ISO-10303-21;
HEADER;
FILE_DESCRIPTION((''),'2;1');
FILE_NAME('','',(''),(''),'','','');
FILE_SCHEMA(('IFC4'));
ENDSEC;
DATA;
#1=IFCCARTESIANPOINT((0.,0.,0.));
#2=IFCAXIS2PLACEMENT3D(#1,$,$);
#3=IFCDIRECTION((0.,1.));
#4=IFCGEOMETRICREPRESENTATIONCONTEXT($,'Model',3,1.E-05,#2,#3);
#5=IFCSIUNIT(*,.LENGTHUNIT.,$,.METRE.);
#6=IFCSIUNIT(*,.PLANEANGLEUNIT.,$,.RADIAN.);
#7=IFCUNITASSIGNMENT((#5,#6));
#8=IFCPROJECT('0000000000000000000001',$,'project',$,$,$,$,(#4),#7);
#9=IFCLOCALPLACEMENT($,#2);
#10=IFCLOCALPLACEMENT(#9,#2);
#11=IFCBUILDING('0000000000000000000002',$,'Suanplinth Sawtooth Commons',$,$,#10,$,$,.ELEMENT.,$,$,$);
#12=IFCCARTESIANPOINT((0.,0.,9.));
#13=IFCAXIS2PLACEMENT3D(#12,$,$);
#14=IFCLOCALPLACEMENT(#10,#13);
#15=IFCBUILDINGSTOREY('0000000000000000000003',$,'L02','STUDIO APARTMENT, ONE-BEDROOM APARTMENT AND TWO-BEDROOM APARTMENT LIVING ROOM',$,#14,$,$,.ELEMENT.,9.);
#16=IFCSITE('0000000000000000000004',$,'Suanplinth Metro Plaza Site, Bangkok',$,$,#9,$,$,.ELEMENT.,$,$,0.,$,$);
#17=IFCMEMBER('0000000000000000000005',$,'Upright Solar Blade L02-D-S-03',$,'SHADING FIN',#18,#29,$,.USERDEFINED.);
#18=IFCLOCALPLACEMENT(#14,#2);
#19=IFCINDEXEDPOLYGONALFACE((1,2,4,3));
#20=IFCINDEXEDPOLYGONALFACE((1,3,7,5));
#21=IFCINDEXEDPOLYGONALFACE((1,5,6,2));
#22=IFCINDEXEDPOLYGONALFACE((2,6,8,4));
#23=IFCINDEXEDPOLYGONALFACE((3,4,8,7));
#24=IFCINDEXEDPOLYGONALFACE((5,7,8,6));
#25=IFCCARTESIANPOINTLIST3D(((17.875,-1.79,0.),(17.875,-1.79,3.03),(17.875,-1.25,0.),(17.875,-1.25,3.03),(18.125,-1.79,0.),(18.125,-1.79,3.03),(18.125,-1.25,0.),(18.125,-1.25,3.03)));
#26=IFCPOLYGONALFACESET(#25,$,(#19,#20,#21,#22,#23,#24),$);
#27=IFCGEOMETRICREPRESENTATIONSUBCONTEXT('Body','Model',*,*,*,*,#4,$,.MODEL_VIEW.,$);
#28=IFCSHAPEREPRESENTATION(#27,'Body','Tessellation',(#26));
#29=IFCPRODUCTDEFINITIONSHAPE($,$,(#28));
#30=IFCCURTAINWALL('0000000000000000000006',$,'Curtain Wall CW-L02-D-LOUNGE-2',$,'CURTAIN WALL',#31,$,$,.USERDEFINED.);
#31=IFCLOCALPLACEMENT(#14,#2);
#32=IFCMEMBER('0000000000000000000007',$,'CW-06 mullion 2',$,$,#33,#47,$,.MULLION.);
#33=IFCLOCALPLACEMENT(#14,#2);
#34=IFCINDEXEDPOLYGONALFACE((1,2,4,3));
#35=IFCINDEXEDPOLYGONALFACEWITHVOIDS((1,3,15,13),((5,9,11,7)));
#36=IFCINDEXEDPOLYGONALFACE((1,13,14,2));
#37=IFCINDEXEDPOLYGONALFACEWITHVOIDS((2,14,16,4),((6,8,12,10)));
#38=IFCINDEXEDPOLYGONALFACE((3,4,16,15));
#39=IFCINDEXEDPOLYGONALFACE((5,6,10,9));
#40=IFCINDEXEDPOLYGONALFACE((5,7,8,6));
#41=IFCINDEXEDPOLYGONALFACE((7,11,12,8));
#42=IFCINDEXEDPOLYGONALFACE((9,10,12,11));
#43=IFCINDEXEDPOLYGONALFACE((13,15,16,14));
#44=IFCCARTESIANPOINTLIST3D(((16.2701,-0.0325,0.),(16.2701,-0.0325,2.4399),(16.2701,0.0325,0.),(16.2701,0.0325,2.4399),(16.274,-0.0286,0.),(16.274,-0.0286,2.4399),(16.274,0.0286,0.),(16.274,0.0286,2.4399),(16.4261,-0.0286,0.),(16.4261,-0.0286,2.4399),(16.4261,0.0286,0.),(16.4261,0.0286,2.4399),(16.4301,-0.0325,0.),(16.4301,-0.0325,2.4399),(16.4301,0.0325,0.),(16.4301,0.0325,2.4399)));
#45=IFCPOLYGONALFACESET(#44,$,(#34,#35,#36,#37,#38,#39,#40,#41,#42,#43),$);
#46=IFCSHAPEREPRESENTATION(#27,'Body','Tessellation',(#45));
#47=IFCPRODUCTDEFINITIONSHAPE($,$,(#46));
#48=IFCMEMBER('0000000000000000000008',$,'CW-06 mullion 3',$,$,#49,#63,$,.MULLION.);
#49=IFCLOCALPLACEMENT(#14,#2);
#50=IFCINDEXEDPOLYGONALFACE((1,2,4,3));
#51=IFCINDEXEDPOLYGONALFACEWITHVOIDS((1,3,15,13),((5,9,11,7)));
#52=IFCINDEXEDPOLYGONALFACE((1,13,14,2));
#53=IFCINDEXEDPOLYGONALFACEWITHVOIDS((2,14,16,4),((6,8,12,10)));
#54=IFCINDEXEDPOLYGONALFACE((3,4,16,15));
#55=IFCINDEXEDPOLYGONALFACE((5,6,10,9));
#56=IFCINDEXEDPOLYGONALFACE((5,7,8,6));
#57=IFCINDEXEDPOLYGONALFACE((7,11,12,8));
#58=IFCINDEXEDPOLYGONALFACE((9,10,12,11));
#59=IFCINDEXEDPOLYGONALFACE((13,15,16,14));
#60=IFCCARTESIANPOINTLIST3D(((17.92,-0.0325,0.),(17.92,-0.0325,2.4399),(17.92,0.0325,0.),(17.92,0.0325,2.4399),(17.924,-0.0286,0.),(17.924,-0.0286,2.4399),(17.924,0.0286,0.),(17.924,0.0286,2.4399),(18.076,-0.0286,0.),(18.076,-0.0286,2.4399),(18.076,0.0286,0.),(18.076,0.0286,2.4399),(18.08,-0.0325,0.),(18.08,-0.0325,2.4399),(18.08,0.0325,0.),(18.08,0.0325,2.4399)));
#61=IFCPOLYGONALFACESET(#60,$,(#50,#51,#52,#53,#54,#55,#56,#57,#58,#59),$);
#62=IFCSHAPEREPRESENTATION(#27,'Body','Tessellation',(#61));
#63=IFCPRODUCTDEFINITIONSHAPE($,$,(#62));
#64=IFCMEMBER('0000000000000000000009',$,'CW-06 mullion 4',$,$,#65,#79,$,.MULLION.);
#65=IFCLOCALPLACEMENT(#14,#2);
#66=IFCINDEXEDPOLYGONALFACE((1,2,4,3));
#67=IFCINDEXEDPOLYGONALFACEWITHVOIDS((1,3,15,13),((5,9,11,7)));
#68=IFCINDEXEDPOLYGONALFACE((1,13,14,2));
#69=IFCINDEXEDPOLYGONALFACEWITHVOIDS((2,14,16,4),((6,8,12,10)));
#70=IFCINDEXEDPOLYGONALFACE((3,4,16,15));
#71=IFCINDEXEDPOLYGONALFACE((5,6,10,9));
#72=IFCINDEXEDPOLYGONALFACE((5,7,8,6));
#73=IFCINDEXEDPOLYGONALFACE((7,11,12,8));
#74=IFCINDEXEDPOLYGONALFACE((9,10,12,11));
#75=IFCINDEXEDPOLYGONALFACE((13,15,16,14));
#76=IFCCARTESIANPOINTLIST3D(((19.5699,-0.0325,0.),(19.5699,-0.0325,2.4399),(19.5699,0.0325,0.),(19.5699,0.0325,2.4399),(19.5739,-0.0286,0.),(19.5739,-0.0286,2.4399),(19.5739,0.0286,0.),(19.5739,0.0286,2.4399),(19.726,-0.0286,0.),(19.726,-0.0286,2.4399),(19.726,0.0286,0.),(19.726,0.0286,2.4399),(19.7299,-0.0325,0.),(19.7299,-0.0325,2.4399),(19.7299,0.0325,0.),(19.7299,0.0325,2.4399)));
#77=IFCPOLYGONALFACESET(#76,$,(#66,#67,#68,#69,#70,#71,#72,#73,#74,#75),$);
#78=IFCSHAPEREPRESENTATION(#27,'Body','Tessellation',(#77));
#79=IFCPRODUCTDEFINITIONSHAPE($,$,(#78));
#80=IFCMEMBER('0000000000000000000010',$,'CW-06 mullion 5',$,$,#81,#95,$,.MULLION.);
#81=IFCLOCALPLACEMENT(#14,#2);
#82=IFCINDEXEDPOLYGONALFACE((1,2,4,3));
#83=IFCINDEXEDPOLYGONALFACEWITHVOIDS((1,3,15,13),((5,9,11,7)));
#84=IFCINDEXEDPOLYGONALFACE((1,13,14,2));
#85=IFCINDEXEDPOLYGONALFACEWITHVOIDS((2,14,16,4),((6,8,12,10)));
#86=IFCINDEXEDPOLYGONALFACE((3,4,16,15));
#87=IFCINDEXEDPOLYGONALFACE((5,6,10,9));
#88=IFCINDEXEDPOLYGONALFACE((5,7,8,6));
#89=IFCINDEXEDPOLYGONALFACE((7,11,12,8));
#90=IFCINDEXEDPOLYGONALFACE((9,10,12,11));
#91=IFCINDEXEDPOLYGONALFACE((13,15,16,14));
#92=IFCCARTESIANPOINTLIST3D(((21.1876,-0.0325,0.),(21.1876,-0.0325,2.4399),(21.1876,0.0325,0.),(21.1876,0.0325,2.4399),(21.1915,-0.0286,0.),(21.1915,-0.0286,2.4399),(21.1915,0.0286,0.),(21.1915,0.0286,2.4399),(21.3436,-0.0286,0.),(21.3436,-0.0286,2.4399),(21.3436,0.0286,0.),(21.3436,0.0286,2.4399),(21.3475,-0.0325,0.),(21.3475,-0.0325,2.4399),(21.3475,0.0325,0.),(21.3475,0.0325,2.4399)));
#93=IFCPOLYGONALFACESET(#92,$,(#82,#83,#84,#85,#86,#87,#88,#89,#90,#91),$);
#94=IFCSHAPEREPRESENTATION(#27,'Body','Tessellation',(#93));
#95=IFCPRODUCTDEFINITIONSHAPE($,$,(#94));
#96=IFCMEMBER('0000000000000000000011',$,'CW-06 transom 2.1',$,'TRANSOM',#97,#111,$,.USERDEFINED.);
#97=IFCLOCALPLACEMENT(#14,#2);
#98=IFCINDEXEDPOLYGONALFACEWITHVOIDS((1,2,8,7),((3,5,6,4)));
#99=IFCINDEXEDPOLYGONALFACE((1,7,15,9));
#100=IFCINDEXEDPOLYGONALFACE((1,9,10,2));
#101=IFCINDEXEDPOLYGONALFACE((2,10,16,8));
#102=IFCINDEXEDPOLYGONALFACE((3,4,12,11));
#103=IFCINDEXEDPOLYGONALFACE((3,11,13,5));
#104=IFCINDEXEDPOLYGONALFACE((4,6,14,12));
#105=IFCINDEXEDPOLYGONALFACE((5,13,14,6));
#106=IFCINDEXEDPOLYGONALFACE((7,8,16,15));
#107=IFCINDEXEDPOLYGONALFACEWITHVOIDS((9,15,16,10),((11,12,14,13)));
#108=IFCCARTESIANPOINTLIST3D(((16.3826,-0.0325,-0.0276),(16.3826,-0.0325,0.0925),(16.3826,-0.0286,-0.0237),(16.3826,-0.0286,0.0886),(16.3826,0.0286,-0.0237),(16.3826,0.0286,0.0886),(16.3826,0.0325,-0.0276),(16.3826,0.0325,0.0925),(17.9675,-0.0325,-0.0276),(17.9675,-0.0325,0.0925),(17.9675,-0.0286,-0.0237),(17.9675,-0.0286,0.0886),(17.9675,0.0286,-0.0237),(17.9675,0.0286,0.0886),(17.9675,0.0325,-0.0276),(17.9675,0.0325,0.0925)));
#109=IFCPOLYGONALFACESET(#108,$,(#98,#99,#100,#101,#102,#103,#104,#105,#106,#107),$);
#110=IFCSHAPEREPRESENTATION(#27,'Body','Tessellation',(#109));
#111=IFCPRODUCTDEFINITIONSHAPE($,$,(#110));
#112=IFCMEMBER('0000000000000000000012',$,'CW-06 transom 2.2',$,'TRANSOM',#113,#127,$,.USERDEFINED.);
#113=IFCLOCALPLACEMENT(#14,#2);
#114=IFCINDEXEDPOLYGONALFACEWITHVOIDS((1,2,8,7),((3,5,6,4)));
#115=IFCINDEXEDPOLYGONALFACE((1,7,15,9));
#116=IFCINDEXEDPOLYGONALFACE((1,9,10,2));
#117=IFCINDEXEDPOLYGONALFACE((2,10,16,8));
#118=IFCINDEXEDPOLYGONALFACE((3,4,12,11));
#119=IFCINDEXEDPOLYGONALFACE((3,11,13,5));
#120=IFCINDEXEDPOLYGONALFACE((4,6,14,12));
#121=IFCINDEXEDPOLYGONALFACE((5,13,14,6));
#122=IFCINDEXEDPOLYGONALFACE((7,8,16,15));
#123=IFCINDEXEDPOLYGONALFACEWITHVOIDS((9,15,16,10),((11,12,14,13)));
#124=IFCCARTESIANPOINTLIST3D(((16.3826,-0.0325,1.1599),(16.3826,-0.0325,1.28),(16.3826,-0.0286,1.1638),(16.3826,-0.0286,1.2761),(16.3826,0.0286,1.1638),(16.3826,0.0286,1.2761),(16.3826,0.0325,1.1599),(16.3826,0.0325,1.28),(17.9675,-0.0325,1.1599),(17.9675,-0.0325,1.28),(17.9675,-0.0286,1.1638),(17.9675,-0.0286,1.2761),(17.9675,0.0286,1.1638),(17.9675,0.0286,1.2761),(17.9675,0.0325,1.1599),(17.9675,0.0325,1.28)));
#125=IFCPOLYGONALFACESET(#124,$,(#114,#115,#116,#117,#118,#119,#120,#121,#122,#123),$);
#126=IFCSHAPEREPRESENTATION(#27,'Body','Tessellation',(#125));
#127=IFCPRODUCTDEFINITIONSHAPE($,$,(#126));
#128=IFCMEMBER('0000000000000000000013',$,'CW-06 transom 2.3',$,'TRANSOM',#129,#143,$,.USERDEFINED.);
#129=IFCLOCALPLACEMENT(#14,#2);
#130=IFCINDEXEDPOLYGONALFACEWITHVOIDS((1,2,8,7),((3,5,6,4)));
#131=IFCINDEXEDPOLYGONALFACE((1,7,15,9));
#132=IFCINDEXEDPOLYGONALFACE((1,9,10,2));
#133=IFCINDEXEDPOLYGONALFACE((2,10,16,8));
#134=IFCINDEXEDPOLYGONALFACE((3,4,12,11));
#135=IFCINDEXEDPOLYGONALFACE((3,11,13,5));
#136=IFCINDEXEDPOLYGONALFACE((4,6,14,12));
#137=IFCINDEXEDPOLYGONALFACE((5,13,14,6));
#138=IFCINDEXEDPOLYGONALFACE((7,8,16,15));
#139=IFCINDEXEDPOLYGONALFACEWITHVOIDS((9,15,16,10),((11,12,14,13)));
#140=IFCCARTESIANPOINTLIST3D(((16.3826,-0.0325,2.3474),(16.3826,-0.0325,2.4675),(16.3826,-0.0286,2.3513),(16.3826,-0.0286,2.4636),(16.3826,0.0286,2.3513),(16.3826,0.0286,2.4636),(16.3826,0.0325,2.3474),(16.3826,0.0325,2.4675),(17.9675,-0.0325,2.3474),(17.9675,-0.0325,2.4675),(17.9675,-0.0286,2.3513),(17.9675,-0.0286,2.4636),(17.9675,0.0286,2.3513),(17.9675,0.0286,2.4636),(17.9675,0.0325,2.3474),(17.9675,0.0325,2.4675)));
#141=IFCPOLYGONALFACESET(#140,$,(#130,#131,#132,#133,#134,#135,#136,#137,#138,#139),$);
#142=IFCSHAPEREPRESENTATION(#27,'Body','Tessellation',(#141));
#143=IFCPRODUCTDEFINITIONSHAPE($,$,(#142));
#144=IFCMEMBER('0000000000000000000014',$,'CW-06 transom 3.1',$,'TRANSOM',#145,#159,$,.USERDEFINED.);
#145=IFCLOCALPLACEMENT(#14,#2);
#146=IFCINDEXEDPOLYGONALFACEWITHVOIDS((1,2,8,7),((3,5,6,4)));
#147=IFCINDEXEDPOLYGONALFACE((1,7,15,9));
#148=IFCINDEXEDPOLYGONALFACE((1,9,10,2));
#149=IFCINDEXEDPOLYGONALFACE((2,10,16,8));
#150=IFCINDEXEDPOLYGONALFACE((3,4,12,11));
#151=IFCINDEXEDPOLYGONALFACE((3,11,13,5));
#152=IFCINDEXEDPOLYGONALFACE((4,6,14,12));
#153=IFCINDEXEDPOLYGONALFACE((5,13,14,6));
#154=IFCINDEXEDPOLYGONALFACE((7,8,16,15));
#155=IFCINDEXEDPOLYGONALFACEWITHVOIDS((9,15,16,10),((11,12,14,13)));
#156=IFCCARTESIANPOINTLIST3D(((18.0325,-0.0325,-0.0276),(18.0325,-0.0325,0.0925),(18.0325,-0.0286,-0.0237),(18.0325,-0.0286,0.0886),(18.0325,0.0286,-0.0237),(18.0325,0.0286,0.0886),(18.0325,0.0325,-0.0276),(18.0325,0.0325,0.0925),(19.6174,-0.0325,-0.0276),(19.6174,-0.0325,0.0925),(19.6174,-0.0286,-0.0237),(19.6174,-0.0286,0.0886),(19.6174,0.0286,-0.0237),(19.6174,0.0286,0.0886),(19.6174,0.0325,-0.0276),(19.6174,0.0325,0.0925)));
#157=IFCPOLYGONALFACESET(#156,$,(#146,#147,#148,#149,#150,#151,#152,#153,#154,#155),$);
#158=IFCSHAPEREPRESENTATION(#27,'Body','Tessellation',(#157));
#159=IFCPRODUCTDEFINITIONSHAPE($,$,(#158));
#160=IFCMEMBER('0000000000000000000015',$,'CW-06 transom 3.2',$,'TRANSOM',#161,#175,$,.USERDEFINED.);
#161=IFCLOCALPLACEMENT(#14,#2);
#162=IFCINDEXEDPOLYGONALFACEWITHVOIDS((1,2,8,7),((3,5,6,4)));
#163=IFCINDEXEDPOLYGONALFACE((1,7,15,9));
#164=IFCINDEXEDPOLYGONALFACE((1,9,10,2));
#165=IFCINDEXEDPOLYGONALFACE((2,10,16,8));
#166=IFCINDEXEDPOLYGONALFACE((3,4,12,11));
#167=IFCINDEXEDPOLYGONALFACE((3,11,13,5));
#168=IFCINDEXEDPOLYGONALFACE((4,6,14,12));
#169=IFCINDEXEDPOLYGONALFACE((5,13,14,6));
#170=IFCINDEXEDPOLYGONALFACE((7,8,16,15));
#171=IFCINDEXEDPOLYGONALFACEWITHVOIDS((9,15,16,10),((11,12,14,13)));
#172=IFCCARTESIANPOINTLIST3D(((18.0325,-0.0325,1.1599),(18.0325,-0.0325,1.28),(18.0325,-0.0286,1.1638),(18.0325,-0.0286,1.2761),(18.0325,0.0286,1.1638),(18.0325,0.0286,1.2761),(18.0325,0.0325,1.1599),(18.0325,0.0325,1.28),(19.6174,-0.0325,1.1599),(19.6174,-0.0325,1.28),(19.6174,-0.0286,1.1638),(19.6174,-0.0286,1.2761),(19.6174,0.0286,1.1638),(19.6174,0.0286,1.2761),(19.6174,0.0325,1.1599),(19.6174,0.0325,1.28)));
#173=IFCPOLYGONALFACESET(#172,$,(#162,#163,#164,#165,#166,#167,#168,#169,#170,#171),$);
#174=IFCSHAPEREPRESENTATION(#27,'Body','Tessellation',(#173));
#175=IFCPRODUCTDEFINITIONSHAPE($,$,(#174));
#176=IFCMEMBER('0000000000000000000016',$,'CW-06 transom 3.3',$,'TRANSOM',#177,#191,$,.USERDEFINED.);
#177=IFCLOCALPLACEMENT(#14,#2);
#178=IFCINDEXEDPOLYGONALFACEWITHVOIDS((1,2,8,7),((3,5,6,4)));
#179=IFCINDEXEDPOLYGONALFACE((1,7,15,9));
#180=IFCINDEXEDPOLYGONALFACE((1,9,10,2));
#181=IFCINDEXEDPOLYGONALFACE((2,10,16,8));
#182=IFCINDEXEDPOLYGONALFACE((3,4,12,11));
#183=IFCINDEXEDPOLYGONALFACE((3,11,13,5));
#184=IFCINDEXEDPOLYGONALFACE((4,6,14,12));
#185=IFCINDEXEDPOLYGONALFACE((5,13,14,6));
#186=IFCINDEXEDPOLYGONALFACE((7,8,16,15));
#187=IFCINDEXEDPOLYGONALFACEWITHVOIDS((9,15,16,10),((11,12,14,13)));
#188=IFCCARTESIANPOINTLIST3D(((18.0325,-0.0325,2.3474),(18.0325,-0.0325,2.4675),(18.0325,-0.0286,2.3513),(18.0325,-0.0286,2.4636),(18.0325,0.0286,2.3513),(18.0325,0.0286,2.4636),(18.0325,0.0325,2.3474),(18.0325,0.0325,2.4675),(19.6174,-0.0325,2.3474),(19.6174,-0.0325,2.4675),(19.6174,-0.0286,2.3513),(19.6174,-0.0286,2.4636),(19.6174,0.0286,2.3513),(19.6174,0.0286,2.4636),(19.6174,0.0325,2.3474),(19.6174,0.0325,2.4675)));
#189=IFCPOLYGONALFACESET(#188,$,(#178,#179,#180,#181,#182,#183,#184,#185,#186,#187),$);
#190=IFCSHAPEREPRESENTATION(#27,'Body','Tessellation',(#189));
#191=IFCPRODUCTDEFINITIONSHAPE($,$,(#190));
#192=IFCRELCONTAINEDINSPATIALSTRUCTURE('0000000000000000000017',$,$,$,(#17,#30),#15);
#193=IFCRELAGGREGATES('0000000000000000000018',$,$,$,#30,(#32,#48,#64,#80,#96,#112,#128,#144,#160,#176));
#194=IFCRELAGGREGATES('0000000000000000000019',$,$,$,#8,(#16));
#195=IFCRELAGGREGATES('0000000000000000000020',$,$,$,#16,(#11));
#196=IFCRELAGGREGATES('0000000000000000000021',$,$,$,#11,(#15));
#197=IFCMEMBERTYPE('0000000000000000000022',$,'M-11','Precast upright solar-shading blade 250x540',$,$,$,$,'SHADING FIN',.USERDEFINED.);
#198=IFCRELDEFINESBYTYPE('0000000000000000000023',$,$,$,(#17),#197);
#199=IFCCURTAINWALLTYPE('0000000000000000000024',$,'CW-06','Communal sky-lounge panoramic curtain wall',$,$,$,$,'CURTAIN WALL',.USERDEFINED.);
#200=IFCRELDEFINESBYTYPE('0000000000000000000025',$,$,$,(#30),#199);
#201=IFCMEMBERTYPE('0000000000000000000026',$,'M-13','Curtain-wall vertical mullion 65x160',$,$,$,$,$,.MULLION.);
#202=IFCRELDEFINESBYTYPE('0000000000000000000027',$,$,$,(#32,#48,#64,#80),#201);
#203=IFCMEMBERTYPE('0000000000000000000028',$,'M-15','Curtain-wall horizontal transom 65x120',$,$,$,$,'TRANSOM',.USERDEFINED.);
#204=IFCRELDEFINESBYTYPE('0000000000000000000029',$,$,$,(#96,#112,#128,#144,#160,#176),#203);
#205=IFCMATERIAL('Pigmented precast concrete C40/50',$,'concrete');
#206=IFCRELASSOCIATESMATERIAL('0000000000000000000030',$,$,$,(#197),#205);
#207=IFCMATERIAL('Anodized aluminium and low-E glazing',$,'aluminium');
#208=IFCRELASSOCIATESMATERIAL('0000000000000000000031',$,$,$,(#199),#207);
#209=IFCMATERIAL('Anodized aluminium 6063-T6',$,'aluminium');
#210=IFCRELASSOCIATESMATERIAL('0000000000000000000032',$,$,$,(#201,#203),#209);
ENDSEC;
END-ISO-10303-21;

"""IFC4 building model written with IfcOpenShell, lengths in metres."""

from ifc_helpers import new_model, si_unit, direction, frame, origin, origin_2d, place, context, subcontext, project, spatial, rectangle, hollow_rectangle, extrude, material, material_profile, profile_set, type_object, element, aggregate, save


model = new_model("IFC4")

# Units and contexts
model_context = context("Model", 3, precision=1e-05, world=origin(), true_north=direction((0.0, 1.0)))
body_context = subcontext(model_context, "Body", "Model", "MODEL_VIEW")
ifc_project = project(units=[si_unit("LENGTHUNIT", "METRE"), si_unit("PLANEANGLEUNIT", "RADIAN")], contexts=[model_context])

# Site, building, storey
site_placement = place(None, origin())
site = spatial("IfcSite", under=ifc_project, at=site_placement, Name="Suanplinth Metro Plaza Site, Bangkok", CompositionType="ELEMENT", RefElevation=0.0)
building_placement = place(site_placement, origin())
building = spatial("IfcBuilding", under=site, at=building_placement, Name="Suanplinth Sawtooth Commons", CompositionType="ELEMENT")
storey_placement = place(building_placement, frame((0.0, 0.0, 9.0)))
storey = spatial("IfcBuildingStorey", under=building, at=storey_placement, Name="L02", Description="STUDIO APARTMENT, ONE-BEDROOM APARTMENT AND TWO-BEDROOM APARTMENT LIVING ROOM", CompositionType="ELEMENT", Elevation=9.0)

# Member
ifc_material_1 = material(Name="Pigmented precast concrete C40/50", Category="concrete")
ifc_material_profile_1 = material_profile(ifc_material_1, rectangle(XDim=0.25, YDim=0.54, at=origin_2d()), Name="PC-FIN 250x540")
ifc_profile_set_1 = profile_set([ifc_material_profile_1], Name="Pigmented precast concrete C40/50")
member_type_1 = type_object("IfcMemberType", Name="M-11", Description="Precast upright solar-shading blade 250x540", ElementType="SHADING FIN", PredefinedType="USERDEFINED", material=ifc_profile_set_1)
member_1_placement = place(storey_placement, frame((18.0, -1.52, 0.0), z_axis=(0.0, 0.0, 1.0), x_axis=(1.0, 0.0, 0.0)))
element("IfcMember", 1, at=member_1_placement, inside=storey, type_object=member_type_1, Name="Upright Solar Blade L02-D-S-03", ObjectType="SHADING FIN", PredefinedType="USERDEFINED", context=body_context, shape_type="SweptSolid", body=[
    extrude(rectangle(XDim=0.25, YDim=0.54, at=origin_2d()), origin(), (0.0, 0.0, 1.0), 3.03),
])

# Curtain wall, members
ifc_material_2 = material(Name="Anodized aluminium and low-E glazing", Category="aluminium")
curtain_wall_type = type_object("IfcCurtainWallType", Name="CW-06", Description="Communal sky-lounge panoramic curtain wall", ElementType="CURTAIN WALL", PredefinedType="USERDEFINED", material=ifc_material_2)
curtain_wall_placement = place(storey_placement, origin())
curtain_wall = element("IfcCurtainWall", 2, at=curtain_wall_placement, inside=storey, type_object=curtain_wall_type, Name="Curtain Wall CW-L02-D-LOUNGE-2", ObjectType="CURTAIN WALL", PredefinedType="USERDEFINED")
ifc_material_3 = material(Name="Anodized aluminium 6063-T6", Category="aluminium")
ifc_material_profile_2 = material_profile(ifc_material_3, hollow_rectangle(XDim=0.0649, YDim=0.1599, WallThickness=0.0039, at=origin_2d()), Name="ALU-MUL 65x160")
ifc_profile_set_2 = profile_set([ifc_material_profile_2], Name="Anodized aluminium 6063-T6")
member_type_2 = type_object("IfcMemberType", Name="M-13", Description="Curtain-wall vertical mullion 65x160", PredefinedType="MULLION", material=ifc_profile_set_2)
member_2_placement = place(storey_placement, frame((16.3501, 0.0, 0.0), z_axis=(0.0, 0.0, 1.0), x_axis=(0.0, 1.0, 0.0)))
member_2 = element("IfcMember", 3, at=member_2_placement, type_object=member_type_2, Name="CW-06 mullion 2", PredefinedType="MULLION", context=body_context, shape_type="SweptSolid", body=[
    extrude(hollow_rectangle(XDim=0.0649, YDim=0.1599, WallThickness=0.0039, at=origin_2d()), origin(), (0.0, 0.0, 1.0), 2.4399),
])
member_3_placement = place(storey_placement, frame((18.0, 0.0, 0.0), z_axis=(0.0, 0.0, 1.0), x_axis=(0.0, 1.0, 0.0)))
member_3 = element("IfcMember", 4, at=member_3_placement, type_object=member_type_2, Name="CW-06 mullion 3", PredefinedType="MULLION", context=body_context, shape_type="SweptSolid", body=[
    extrude(hollow_rectangle(XDim=0.0649, YDim=0.1599, WallThickness=0.0039, at=origin_2d()), origin(), (0.0, 0.0, 1.0), 2.4399),
])
member_4_placement = place(storey_placement, frame((19.6499, 0.0, 0.0), z_axis=(0.0, 0.0, 1.0), x_axis=(0.0, 1.0, 0.0)))
member_4 = element("IfcMember", 5, at=member_4_placement, type_object=member_type_2, Name="CW-06 mullion 4", PredefinedType="MULLION", context=body_context, shape_type="SweptSolid", body=[
    extrude(hollow_rectangle(XDim=0.0649, YDim=0.1599, WallThickness=0.0039, at=origin_2d()), origin(), (0.0, 0.0, 1.0), 2.4399),
])
member_5_placement = place(storey_placement, frame((21.2676, 0.0, 0.0), z_axis=(0.0, 0.0, 1.0), x_axis=(0.0, 1.0, 0.0)))
member_5 = element("IfcMember", 6, at=member_5_placement, type_object=member_type_2, Name="CW-06 mullion 5", PredefinedType="MULLION", context=body_context, shape_type="SweptSolid", body=[
    extrude(hollow_rectangle(XDim=0.0649, YDim=0.1599, WallThickness=0.0039, at=origin_2d()), origin(), (0.0, 0.0, 1.0), 2.4399),
])
ifc_material_profile_3 = material_profile(ifc_material_3, hollow_rectangle(XDim=0.0649, YDim=0.1201, WallThickness=0.0039, at=origin_2d()), Name="ALU-TRN 65x120")
ifc_profile_set_3 = profile_set([ifc_material_profile_3], Name="Anodized aluminium 6063-T6")
member_type_3 = type_object("IfcMemberType", Name="M-15", Description="Curtain-wall horizontal transom 65x120", ElementType="TRANSOM", PredefinedType="USERDEFINED", material=ifc_profile_set_3)
member_6_placement = place(storey_placement, frame((16.3826, 0.0, 0.0325), z_axis=(1.0, 0.0, 0.0), x_axis=(0.0, 1.0, 0.0)))
member_6 = element("IfcMember", 7, at=member_6_placement, type_object=member_type_3, Name="CW-06 transom 2.1", ObjectType="TRANSOM", PredefinedType="USERDEFINED", context=body_context, shape_type="SweptSolid", body=[
    extrude(hollow_rectangle(XDim=0.0649, YDim=0.1201, WallThickness=0.0039, at=origin_2d()), origin(), (0.0, 0.0, 1.0), 1.585),
])
member_7_placement = place(storey_placement, frame((16.3826, 0.0, 1.22), z_axis=(1.0, 0.0, 0.0), x_axis=(0.0, 1.0, 0.0)))
member_7 = element("IfcMember", 8, at=member_7_placement, type_object=member_type_3, Name="CW-06 transom 2.2", ObjectType="TRANSOM", PredefinedType="USERDEFINED", context=body_context, shape_type="SweptSolid", body=[
    extrude(hollow_rectangle(XDim=0.0649, YDim=0.1201, WallThickness=0.0039, at=origin_2d()), origin(), (0.0, 0.0, 1.0), 1.585),
])
member_8_placement = place(storey_placement, frame((16.3826, 0.0, 2.4075), z_axis=(1.0, 0.0, 0.0), x_axis=(0.0, 1.0, 0.0)))
member_8 = element("IfcMember", 9, at=member_8_placement, type_object=member_type_3, Name="CW-06 transom 2.3", ObjectType="TRANSOM", PredefinedType="USERDEFINED", context=body_context, shape_type="SweptSolid", body=[
    extrude(hollow_rectangle(XDim=0.0649, YDim=0.1201, WallThickness=0.0039, at=origin_2d()), origin(), (0.0, 0.0, 1.0), 1.585),
])
member_9_placement = place(storey_placement, frame((18.0325, 0.0, 0.0325), z_axis=(1.0, 0.0, 0.0), x_axis=(0.0, 1.0, 0.0)))
member_9 = element("IfcMember", 10, at=member_9_placement, type_object=member_type_3, Name="CW-06 transom 3.1", ObjectType="TRANSOM", PredefinedType="USERDEFINED", context=body_context, shape_type="SweptSolid", body=[
    extrude(hollow_rectangle(XDim=0.0649, YDim=0.1201, WallThickness=0.0039, at=origin_2d()), origin(), (0.0, 0.0, 1.0), 1.585),
])
member_10_placement = place(storey_placement, frame((18.0325, 0.0, 1.22), z_axis=(1.0, 0.0, 0.0), x_axis=(0.0, 1.0, 0.0)))
member_10 = element("IfcMember", 11, at=member_10_placement, type_object=member_type_3, Name="CW-06 transom 3.2", ObjectType="TRANSOM", PredefinedType="USERDEFINED", context=body_context, shape_type="SweptSolid", body=[
    extrude(hollow_rectangle(XDim=0.0649, YDim=0.1201, WallThickness=0.0039, at=origin_2d()), origin(), (0.0, 0.0, 1.0), 1.585),
])
member_11_placement = place(storey_placement, frame((18.0325, 0.0, 2.4075), z_axis=(1.0, 0.0, 0.0), x_axis=(0.0, 1.0, 0.0)))
member_11 = element("IfcMember", 12, at=member_11_placement, type_object=member_type_3, Name="CW-06 transom 3.3", ObjectType="TRANSOM", PredefinedType="USERDEFINED", context=body_context, shape_type="SweptSolid", body=[
    extrude(hollow_rectangle(XDim=0.0649, YDim=0.1201, WallThickness=0.0039, at=origin_2d()), origin(), (0.0, 0.0, 1.0), 1.585),
])
aggregate(curtain_wall, [member_2, member_3, member_4, member_5, member_6, member_7, member_8, member_9, member_10, member_11])

save(model, "model.ifc")
